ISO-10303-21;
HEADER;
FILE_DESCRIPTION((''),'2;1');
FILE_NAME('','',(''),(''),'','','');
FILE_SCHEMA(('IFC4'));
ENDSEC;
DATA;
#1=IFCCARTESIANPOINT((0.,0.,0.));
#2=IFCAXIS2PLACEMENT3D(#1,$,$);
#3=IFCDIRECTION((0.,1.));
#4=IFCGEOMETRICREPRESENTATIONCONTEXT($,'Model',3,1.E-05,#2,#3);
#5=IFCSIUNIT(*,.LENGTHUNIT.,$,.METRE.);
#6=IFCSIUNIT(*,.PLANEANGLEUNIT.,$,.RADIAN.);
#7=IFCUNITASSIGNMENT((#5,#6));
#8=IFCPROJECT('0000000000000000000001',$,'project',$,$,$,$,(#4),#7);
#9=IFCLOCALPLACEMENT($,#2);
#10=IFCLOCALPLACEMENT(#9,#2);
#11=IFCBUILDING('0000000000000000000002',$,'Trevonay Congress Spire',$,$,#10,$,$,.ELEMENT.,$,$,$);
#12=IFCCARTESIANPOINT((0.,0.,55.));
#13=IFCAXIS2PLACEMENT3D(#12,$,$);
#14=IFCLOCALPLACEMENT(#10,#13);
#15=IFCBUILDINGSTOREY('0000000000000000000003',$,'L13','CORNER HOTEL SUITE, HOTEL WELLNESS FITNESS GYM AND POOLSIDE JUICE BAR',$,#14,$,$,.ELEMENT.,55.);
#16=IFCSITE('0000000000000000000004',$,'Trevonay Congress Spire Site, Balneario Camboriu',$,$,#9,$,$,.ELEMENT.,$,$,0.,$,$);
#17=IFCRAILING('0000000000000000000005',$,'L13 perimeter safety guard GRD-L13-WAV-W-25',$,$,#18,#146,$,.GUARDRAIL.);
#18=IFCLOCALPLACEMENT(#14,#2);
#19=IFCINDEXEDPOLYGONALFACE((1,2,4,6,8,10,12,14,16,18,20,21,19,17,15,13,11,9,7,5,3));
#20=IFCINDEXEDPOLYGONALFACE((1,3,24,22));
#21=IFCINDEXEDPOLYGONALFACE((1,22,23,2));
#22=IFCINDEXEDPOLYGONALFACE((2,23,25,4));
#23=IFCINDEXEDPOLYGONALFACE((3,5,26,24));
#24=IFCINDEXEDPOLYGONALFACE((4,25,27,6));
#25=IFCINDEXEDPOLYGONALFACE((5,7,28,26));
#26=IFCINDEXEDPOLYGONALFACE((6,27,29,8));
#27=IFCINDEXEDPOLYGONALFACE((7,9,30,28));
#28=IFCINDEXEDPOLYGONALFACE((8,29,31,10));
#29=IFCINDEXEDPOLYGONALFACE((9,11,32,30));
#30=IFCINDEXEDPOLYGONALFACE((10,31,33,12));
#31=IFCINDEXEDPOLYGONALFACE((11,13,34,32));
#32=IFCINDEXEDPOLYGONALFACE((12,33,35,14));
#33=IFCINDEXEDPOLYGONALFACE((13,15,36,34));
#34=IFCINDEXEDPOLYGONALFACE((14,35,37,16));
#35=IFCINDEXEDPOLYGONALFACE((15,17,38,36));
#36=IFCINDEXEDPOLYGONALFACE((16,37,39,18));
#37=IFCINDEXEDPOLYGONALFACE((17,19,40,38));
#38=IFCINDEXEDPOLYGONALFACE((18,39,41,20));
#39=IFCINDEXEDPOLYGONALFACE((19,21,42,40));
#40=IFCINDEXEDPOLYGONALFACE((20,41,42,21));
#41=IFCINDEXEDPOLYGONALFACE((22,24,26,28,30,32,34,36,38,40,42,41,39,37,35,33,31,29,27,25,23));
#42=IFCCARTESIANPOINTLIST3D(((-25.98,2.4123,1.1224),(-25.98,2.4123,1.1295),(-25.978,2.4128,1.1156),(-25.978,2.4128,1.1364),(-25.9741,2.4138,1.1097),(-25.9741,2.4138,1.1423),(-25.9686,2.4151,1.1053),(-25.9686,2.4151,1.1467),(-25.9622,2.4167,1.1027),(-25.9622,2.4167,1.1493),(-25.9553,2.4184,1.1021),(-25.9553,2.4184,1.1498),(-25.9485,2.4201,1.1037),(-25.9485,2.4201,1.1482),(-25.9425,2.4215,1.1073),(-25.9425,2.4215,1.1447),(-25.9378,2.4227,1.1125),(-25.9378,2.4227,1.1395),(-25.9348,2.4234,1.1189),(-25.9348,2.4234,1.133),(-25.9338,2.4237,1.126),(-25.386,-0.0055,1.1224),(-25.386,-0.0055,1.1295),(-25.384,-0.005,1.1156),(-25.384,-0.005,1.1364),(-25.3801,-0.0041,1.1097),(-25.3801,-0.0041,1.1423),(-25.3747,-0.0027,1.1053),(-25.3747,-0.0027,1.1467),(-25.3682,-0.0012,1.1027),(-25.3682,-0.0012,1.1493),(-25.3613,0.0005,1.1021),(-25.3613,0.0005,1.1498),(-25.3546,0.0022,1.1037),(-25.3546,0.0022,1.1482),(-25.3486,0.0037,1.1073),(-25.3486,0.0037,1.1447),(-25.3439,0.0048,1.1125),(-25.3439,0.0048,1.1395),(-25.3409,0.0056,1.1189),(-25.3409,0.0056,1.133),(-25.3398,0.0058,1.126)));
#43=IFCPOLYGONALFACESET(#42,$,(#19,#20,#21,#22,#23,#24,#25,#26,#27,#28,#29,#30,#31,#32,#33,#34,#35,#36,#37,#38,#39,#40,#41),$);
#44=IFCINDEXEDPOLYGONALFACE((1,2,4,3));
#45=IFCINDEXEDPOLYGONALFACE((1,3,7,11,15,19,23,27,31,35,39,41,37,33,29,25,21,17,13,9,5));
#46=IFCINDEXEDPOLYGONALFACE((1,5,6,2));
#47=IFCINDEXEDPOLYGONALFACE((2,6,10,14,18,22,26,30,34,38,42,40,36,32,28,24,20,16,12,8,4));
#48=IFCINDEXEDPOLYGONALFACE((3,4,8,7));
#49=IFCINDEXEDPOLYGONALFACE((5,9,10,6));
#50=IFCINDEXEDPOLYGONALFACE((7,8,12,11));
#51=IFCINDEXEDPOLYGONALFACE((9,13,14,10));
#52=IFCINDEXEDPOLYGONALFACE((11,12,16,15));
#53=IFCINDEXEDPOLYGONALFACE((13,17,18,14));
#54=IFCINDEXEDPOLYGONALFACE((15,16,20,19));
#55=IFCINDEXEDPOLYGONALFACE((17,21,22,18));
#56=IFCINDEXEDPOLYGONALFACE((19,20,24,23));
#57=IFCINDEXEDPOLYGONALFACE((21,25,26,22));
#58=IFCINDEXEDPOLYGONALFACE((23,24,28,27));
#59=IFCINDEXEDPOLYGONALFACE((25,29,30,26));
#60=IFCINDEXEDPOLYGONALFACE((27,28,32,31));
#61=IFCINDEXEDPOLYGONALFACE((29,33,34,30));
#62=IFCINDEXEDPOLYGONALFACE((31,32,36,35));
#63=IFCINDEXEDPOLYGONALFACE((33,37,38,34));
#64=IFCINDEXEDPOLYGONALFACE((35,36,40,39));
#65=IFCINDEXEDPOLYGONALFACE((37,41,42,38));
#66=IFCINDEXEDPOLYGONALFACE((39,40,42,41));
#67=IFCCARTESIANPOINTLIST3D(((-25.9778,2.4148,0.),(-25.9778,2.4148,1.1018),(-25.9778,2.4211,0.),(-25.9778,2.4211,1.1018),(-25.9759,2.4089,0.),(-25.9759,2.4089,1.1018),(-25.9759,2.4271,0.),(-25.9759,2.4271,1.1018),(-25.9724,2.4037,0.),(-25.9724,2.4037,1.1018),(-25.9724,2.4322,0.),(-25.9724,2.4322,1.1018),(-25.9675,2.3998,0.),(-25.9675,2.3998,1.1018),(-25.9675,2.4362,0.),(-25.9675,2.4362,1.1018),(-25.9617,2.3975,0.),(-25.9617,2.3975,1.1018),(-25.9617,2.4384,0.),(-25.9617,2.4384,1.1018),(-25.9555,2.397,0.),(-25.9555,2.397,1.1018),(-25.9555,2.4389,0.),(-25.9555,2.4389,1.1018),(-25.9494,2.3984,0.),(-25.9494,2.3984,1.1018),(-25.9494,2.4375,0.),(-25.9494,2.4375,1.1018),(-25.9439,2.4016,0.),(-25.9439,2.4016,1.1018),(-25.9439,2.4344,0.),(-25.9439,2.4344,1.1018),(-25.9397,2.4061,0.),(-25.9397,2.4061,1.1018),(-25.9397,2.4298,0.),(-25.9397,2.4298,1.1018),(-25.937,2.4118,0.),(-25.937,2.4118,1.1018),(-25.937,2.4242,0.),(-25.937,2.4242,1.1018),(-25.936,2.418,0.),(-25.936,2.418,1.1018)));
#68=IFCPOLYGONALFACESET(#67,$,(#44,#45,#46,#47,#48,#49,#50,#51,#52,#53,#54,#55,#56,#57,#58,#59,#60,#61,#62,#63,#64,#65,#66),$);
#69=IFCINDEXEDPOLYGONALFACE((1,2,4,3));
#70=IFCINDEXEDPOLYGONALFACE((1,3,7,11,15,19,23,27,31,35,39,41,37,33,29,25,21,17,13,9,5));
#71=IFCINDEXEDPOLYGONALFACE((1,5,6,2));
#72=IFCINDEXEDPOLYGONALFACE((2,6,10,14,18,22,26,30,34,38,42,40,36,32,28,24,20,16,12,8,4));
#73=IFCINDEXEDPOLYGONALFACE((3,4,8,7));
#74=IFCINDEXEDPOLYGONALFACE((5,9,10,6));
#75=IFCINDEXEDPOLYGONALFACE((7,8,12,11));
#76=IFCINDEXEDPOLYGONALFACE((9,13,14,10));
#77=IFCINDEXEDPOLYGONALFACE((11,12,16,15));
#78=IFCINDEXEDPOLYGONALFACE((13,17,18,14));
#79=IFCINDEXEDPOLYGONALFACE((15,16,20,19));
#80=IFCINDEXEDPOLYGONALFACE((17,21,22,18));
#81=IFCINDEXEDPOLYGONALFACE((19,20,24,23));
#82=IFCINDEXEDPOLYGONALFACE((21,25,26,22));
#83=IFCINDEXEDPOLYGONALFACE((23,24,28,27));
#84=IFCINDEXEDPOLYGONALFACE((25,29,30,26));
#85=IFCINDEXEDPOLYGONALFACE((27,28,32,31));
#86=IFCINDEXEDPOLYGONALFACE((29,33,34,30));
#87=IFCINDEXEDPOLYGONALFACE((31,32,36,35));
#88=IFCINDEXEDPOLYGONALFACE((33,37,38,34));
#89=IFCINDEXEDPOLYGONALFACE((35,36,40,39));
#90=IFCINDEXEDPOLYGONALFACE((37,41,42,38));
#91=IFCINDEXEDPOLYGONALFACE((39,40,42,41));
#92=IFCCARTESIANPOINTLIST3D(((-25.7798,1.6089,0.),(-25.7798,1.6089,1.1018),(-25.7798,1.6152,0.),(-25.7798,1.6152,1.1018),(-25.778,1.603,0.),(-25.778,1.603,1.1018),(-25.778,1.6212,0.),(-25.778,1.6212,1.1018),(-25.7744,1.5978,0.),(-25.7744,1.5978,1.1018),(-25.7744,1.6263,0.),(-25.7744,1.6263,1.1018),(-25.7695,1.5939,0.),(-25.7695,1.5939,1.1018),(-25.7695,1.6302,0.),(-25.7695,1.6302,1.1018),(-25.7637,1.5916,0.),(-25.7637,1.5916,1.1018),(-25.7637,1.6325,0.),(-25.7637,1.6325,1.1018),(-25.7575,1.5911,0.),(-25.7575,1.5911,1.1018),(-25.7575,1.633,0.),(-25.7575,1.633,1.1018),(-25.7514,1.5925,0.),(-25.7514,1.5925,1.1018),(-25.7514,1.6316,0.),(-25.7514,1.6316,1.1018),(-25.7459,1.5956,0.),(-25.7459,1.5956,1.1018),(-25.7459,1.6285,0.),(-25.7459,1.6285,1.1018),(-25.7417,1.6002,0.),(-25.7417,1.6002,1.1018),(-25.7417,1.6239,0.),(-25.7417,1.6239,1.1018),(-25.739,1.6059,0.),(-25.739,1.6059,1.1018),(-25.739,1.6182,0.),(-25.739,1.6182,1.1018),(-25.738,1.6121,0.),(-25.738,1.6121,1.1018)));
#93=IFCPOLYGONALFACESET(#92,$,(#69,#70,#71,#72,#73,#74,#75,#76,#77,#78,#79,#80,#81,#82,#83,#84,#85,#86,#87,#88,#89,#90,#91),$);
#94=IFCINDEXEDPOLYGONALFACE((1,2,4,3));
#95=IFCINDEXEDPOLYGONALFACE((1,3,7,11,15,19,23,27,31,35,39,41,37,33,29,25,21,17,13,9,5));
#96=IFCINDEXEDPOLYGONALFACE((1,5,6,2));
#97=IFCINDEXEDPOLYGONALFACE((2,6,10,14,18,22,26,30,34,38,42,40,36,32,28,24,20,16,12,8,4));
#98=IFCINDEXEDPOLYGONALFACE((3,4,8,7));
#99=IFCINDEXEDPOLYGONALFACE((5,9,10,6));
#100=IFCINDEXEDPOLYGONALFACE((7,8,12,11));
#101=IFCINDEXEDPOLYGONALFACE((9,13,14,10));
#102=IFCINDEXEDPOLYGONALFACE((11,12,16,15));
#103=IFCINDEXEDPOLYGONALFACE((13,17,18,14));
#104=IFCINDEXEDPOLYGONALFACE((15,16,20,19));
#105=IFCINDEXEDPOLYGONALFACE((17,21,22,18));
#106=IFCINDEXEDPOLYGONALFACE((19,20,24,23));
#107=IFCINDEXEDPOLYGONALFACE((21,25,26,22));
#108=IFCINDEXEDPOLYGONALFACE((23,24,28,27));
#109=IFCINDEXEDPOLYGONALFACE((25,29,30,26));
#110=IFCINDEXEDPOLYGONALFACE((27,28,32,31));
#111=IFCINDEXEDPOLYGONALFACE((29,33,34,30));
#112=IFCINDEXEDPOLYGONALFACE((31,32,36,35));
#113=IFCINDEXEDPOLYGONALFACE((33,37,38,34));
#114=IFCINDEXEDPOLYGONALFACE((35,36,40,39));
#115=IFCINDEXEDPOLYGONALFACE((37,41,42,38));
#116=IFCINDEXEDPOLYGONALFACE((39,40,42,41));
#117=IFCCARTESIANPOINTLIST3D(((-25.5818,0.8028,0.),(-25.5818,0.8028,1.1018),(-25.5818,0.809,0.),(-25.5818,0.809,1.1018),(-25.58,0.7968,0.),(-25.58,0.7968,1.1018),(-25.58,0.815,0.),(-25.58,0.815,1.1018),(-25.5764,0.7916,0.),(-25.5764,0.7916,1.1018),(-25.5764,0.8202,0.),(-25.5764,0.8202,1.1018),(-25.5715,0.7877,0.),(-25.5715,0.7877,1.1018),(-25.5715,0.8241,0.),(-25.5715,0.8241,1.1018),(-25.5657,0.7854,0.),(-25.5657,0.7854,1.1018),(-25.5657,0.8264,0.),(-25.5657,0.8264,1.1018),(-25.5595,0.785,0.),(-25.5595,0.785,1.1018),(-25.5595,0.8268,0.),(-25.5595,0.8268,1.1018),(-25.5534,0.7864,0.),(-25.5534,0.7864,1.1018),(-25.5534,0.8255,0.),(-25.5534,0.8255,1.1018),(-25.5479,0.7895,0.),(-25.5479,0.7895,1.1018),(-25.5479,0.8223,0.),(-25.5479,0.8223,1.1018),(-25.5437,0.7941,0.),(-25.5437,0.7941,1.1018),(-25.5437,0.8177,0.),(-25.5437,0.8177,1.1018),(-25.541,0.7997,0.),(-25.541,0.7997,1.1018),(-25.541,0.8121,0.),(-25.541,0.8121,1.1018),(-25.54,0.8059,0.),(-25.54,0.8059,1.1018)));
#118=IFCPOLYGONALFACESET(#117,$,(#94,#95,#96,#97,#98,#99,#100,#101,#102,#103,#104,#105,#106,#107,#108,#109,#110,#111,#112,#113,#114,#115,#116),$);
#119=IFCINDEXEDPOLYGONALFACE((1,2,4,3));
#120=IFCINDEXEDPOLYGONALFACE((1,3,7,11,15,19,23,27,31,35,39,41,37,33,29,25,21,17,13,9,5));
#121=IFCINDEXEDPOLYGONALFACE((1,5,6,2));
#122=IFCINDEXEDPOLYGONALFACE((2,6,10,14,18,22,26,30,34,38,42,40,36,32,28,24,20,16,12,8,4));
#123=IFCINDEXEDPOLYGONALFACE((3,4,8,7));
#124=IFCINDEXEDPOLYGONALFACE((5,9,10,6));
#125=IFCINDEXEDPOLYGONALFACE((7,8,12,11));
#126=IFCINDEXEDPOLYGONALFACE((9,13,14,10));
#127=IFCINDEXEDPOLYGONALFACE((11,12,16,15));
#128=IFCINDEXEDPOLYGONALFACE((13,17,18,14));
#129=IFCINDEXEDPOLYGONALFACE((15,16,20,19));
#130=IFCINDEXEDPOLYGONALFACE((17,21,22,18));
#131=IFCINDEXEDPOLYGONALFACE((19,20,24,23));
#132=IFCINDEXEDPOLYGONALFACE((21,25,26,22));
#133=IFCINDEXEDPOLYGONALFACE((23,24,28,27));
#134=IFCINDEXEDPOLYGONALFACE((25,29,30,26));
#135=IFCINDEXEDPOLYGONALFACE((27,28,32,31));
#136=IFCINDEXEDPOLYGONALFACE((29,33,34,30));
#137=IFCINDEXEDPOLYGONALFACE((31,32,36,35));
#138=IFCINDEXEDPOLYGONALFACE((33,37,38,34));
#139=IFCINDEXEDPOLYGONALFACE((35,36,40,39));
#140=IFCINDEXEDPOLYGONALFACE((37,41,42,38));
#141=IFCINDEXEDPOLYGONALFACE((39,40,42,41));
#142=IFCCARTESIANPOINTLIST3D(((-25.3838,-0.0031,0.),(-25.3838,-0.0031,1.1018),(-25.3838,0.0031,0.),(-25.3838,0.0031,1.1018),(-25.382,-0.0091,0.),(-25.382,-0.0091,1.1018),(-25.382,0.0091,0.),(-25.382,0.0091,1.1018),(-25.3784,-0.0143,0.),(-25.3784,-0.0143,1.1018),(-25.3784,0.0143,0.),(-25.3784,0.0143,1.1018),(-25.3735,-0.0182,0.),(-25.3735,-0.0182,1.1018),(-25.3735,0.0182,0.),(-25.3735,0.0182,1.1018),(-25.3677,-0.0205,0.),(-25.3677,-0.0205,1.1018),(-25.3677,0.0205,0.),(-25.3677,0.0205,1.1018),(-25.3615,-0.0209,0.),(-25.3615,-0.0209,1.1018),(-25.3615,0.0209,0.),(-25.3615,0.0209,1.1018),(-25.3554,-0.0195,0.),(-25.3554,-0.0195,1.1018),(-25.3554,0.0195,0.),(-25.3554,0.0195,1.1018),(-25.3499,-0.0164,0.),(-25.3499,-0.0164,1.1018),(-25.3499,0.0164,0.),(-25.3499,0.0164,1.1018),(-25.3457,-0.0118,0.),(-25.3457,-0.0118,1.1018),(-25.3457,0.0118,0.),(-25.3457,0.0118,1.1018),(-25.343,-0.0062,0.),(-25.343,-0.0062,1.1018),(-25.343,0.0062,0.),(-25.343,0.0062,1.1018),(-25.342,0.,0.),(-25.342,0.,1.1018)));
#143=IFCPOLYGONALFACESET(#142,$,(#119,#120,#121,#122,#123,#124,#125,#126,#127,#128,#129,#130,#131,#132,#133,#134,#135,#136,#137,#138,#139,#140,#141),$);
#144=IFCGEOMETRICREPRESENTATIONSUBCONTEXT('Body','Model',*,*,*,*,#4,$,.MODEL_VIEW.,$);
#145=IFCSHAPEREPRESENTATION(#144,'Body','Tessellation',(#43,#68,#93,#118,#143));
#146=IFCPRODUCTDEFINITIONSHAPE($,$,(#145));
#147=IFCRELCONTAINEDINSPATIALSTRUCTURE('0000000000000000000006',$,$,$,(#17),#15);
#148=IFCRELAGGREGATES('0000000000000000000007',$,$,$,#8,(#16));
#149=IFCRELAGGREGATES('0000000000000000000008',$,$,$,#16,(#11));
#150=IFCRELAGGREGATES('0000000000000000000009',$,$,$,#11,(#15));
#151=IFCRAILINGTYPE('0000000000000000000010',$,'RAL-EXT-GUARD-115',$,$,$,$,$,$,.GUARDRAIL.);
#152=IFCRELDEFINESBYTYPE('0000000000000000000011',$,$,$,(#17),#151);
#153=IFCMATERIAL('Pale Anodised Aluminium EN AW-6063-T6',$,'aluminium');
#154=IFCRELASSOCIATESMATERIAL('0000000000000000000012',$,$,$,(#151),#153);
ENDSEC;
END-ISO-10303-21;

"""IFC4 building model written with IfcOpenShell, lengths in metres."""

from ifc_helpers import new_model, si_unit, direction, frame, origin, origin_2d, place, context, subcontext, project, spatial, circle, extrude, material, type_object, element, save


model = new_model("IFC4")

# Units and contexts
model_context = context("Model", 3, precision=1e-05, world=origin(), true_north=direction((0.0, 1.0)))
body_context = subcontext(model_context, "Body", "Model", "MODEL_VIEW")
ifc_project = project(units=[si_unit("LENGTHUNIT", "METRE"), si_unit("PLANEANGLEUNIT", "RADIAN")], contexts=[model_context])

# Site, building, storey
site_placement = place(None, origin())
site = spatial("IfcSite", under=ifc_project, at=site_placement, Name="Trevonay Congress Spire Site, Balneario Camboriu", CompositionType="ELEMENT", RefElevation=0.0)
building_placement = place(site_placement, origin())
building = spatial("IfcBuilding", under=site, at=building_placement, Name="Trevonay Congress Spire", CompositionType="ELEMENT")
storey_placement = place(building_placement, frame((0.0, 0.0, 55.0)))
storey = spatial("IfcBuildingStorey", under=building, at=storey_placement, Name="L13", Description="CORNER HOTEL SUITE, HOTEL WELLNESS FITNESS GYM AND POOLSIDE JUICE BAR", CompositionType="ELEMENT", Elevation=55.0)

# Shared definitions
ifc_material_1 = material(Name="Pale Anodised Aluminium EN AW-6063-T6", Category="aluminium")

# Railing
railing_type = type_object("IfcRailingType", Name="RAL-EXT-GUARD-115", PredefinedType="GUARDRAIL", material=ifc_material_1)
railing_1_placement = place(storey_placement, frame((-25.957, 2.418, 0.0)))
element("IfcRailing", 1, at=railing_1_placement, inside=storey, type_object=railing_type, Name="L13 perimeter safety guard GRD-L13-WAV-W-25", PredefinedType="GUARDRAIL", context=body_context, shape_type="SweptSolid", body=[
    extrude(circle(Radius=0.0239, at=origin_2d()), frame((0.0, 0.0, 1.126), z_axis=(0.238565, -0.971126, 0.0), x_axis=(0.971126, 0.238565, 0.0)), (0.0, 0.0, 1.0), 2.4897),
    extrude(circle(Radius=0.021, at=origin_2d()), origin(), (0.0, 0.0, 1.0), 1.1018),
    extrude(circle(Radius=0.021, at=origin_2d()), frame((0.198, -0.8059, 0.0)), (0.0, 0.0, 1.0), 1.1018),
    extrude(circle(Radius=0.021, at=origin_2d()), frame((0.396, -1.6121, 0.0)), (0.0, 0.0, 1.0), 1.1018),
    extrude(circle(Radius=0.021, at=origin_2d()), frame((0.594, -2.418, 0.0)), (0.0, 0.0, 1.0), 1.1018),
])

save(model, "model.ifc")
